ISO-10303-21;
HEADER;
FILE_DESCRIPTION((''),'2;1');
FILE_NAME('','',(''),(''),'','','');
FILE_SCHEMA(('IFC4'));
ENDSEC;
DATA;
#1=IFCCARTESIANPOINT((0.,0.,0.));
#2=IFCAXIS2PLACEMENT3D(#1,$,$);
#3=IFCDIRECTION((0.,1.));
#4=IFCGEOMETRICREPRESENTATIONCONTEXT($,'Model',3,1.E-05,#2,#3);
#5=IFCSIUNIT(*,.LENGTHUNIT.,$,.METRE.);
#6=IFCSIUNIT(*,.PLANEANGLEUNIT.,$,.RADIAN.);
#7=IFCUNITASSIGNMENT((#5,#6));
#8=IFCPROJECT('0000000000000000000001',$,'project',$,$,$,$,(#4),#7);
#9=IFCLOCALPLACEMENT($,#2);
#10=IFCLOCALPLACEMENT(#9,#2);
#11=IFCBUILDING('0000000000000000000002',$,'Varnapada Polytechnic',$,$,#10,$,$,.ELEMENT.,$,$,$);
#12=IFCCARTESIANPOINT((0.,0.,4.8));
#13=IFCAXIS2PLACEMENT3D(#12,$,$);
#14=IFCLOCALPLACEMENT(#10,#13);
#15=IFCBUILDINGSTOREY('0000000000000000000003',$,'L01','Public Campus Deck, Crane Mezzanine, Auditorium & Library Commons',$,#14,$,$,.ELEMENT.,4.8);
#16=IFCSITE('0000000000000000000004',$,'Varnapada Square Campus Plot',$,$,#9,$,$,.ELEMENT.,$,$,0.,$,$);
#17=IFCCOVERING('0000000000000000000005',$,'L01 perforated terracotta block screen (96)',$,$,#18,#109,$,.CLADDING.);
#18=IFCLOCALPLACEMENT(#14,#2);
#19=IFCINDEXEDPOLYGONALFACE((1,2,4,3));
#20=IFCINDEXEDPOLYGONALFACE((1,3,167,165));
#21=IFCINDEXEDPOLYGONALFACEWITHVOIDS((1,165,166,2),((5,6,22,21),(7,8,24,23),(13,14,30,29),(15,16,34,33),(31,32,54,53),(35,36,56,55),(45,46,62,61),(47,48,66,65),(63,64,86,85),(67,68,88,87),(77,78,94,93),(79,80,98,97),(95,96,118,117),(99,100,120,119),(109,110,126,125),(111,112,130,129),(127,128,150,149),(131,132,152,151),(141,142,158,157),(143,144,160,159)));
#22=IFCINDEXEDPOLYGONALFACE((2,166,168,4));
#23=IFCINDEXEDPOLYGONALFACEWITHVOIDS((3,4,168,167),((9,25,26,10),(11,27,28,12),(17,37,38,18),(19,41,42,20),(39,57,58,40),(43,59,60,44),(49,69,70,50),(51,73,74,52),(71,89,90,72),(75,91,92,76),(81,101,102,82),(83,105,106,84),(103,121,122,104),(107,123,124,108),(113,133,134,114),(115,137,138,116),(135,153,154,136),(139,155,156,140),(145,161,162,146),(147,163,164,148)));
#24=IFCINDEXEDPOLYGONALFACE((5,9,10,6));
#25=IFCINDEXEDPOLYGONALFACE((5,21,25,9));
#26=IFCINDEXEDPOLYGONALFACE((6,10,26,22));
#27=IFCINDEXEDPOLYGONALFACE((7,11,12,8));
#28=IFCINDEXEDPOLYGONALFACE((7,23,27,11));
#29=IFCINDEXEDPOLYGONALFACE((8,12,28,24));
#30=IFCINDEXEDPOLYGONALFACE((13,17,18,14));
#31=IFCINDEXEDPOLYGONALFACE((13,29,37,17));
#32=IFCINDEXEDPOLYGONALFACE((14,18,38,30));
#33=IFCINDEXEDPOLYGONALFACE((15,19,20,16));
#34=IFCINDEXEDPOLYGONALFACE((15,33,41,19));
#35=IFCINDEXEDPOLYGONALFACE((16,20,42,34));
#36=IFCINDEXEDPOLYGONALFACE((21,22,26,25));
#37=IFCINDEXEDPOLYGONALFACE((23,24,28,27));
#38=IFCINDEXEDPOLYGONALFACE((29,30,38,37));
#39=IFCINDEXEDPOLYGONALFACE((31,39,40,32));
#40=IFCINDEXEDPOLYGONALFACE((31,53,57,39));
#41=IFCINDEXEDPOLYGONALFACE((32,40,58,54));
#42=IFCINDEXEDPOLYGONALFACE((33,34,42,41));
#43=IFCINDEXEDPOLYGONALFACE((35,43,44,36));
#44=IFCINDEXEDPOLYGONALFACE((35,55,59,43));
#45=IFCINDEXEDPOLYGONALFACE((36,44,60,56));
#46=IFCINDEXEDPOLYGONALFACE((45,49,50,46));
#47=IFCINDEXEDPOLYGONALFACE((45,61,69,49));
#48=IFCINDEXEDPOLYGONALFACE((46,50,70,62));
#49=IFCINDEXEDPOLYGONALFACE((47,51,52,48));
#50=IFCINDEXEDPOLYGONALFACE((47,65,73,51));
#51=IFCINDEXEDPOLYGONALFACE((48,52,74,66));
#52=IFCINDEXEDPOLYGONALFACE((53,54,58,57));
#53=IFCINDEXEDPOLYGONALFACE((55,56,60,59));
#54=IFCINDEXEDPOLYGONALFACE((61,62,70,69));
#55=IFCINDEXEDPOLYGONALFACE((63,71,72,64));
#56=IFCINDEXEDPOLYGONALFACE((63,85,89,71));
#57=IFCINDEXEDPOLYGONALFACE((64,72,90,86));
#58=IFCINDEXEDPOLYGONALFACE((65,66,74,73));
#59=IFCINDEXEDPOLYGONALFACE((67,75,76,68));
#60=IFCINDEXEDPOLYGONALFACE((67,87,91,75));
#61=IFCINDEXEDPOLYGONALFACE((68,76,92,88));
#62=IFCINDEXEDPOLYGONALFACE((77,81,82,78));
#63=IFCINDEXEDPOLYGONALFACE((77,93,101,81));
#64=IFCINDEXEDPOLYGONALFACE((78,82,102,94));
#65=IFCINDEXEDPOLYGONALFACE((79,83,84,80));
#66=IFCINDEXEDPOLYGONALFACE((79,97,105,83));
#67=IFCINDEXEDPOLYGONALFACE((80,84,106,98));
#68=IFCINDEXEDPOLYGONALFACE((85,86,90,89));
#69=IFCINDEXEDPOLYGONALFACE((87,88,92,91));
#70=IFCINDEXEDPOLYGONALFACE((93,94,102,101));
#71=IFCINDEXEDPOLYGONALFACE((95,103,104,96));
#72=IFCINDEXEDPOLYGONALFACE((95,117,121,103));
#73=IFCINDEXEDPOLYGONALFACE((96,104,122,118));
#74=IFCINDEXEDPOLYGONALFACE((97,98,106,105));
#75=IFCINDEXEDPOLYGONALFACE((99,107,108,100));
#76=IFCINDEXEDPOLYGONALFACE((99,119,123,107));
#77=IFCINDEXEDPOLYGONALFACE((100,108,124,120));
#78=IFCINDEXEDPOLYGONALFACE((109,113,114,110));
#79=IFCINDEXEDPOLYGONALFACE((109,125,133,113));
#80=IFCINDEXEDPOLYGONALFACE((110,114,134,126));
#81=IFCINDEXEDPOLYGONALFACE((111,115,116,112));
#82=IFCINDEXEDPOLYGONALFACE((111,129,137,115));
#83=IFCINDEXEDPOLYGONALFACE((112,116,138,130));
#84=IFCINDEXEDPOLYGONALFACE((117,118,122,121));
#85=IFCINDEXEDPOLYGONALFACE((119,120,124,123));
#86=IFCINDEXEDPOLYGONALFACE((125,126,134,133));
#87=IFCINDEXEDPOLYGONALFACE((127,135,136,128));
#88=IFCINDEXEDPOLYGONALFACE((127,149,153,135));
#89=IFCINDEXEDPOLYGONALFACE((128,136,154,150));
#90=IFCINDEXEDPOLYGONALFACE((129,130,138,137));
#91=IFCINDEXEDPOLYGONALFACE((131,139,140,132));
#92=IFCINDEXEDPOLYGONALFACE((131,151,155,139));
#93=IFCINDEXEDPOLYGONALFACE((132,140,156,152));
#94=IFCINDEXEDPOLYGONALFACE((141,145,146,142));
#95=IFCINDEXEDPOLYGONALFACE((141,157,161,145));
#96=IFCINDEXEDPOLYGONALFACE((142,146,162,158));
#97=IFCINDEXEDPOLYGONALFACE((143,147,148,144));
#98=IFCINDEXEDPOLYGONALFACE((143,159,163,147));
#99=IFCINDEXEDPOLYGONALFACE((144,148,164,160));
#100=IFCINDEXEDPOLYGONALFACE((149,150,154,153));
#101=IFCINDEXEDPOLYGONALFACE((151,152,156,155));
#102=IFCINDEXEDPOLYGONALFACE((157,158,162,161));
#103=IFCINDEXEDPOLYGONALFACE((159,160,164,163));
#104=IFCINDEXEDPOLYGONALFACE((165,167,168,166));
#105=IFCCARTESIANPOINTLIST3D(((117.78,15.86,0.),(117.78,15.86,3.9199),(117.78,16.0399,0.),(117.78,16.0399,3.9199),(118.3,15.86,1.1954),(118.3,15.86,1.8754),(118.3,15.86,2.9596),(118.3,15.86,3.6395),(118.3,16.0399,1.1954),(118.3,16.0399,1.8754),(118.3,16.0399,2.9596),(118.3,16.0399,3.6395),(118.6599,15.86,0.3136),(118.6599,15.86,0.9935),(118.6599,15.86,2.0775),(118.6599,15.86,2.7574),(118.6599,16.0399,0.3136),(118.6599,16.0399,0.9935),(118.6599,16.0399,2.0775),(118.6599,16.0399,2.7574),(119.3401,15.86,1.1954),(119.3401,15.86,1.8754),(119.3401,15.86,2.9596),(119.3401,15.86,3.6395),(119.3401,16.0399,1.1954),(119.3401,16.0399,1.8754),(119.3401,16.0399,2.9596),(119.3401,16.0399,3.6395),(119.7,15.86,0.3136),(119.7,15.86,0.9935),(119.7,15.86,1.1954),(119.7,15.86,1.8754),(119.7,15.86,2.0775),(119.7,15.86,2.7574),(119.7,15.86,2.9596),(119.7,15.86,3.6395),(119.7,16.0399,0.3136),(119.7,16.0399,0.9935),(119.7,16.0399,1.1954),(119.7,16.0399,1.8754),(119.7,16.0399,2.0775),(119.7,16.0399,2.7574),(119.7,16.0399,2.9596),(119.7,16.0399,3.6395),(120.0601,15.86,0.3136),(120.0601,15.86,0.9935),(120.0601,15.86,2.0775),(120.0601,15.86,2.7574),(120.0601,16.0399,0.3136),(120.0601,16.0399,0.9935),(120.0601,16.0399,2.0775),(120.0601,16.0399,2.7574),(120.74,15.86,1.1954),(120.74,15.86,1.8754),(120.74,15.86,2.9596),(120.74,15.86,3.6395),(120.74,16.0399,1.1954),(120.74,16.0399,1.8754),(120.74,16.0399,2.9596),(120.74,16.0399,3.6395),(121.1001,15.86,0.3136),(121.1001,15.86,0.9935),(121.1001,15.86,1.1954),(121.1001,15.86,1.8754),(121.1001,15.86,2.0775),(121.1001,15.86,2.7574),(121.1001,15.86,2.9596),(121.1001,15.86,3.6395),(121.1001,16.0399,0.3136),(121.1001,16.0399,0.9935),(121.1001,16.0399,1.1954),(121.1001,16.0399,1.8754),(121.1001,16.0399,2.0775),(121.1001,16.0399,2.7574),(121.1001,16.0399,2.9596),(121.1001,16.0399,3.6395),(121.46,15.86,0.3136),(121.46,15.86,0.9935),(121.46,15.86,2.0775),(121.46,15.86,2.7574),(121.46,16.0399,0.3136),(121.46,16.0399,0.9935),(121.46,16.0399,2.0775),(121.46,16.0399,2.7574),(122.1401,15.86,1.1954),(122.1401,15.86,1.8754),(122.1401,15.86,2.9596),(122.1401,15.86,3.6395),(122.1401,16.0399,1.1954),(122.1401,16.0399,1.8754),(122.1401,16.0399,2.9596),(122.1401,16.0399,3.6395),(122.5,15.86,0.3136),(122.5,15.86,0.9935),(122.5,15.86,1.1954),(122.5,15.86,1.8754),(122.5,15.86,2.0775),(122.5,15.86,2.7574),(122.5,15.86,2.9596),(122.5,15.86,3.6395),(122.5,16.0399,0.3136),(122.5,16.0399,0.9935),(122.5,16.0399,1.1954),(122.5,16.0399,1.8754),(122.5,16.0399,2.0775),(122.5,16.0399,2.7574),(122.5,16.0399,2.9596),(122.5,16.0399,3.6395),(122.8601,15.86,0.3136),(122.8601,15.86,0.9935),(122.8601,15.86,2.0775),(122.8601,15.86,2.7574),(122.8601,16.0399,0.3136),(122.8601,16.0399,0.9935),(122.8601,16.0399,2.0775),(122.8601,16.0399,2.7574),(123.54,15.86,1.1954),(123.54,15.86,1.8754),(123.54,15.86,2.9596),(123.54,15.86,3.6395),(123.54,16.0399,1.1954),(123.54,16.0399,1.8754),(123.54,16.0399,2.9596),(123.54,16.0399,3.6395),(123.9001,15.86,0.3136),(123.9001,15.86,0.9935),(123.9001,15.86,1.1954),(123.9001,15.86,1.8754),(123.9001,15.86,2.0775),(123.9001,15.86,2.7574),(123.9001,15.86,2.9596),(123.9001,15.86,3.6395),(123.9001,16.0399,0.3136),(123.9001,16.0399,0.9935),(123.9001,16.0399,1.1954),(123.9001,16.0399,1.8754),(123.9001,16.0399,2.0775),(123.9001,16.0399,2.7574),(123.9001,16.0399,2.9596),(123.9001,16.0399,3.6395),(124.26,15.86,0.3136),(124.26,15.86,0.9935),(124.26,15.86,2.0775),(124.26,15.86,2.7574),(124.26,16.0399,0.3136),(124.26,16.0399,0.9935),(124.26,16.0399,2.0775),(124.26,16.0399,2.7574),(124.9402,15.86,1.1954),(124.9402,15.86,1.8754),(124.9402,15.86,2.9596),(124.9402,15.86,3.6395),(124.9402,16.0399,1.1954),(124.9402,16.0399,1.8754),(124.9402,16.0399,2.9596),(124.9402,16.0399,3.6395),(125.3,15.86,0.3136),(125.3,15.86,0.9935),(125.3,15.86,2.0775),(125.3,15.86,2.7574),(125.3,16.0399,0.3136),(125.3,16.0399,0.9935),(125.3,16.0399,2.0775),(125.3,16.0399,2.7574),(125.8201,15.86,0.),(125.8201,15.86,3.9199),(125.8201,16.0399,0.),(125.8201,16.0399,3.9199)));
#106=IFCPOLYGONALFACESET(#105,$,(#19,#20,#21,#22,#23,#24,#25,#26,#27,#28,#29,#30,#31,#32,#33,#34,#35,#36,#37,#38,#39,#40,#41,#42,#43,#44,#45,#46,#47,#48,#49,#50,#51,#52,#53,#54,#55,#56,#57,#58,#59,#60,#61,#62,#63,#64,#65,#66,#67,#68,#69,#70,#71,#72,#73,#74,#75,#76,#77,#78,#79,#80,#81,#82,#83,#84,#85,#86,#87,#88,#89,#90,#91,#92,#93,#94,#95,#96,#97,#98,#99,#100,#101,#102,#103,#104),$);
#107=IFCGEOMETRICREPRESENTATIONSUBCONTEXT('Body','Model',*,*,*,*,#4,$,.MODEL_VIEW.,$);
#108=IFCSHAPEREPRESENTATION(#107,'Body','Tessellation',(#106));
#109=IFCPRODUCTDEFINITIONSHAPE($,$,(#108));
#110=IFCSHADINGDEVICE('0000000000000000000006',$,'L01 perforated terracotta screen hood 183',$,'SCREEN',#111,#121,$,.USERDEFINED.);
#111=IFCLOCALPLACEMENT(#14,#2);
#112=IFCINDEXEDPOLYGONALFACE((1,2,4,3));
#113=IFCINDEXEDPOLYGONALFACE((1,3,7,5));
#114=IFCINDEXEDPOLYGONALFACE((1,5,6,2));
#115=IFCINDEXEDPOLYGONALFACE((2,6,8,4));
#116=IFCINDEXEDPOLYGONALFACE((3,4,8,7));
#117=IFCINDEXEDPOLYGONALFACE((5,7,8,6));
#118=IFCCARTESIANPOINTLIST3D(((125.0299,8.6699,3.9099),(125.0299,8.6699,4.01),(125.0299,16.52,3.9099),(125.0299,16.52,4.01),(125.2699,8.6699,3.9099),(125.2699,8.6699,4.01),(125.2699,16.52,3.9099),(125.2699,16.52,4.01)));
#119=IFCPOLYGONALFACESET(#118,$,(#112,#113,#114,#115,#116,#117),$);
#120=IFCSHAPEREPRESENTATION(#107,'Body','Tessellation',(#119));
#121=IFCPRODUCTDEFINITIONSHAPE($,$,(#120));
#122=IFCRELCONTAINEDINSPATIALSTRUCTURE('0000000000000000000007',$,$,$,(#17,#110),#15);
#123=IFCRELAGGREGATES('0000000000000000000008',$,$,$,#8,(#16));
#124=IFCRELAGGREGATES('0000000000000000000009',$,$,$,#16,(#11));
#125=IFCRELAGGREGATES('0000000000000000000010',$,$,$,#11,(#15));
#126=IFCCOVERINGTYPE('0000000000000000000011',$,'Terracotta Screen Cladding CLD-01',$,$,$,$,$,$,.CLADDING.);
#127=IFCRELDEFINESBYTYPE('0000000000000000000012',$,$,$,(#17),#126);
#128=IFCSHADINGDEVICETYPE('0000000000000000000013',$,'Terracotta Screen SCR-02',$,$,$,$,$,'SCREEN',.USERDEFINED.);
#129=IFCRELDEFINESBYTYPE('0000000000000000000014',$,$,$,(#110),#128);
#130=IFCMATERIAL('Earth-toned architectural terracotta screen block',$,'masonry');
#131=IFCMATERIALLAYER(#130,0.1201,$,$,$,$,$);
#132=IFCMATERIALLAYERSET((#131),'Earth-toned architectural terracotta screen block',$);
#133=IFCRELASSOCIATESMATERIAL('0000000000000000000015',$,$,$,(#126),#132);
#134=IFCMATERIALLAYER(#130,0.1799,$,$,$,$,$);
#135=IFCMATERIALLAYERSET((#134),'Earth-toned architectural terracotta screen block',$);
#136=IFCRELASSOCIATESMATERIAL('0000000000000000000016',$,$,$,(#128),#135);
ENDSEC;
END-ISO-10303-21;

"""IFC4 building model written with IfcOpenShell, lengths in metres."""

from ifc_helpers import new_model, si_unit, direction, frame, frame_2d, origin, origin_2d, place, context, subcontext, project, spatial, rectangle, extrude, material, layer, layer_set, type_object, element, save


model = new_model("IFC4")

# Units and contexts
model_context = context("Model", 3, precision=1e-05, world=origin(), true_north=direction((0.0, 1.0)))
body_context = subcontext(model_context, "Body", "Model", "MODEL_VIEW")
ifc_project = project(units=[si_unit("LENGTHUNIT", "METRE"), si_unit("PLANEANGLEUNIT", "RADIAN")], contexts=[model_context])

# Site, building, storey
site_placement = place(None, origin())
site = spatial("IfcSite", under=ifc_project, at=site_placement, Name="Varnapada Square Campus Plot", CompositionType="ELEMENT", RefElevation=0.0)
building_placement = place(site_placement, origin())
building = spatial("IfcBuilding", under=site, at=building_placement, Name="Varnapada Polytechnic", CompositionType="ELEMENT")
storey_placement = place(building_placement, frame((0.0, 0.0, 4.8)))
storey = spatial("IfcBuildingStorey", under=building, at=storey_placement, Name="L01", Description="Public Campus Deck, Crane Mezzanine, Auditorium & Library Commons", CompositionType="ELEMENT", Elevation=4.8)

# Covering, openings
ifc_material_1 = material(Name="Earth-toned architectural terracotta screen block", Category="masonry")
ifc_layer_1 = layer(ifc_material_1, 0.1201)
ifc_layer_set_1 = layer_set([ifc_layer_1], Name="Earth-toned architectural terracotta screen block")
covering_type = type_object("IfcCoveringType", Name="Terracotta Screen Cladding CLD-01", PredefinedType="CLADDING", material=ifc_layer_set_1)
covering_placement = place(storey_placement, frame((125.8201, 15.95, 0.0), z_axis=(0.0, 0.0, 1.0), x_axis=(-1.0, 0.0, 0.0)))
covering = element("IfcCovering", 1, at=covering_placement, inside=storey, type_object=covering_type, Name="L01 perforated terracotta block screen (96)", PredefinedType="CLADDING", context=body_context, shape_type="SweptSolid", body=[
    extrude(rectangle(XDim=8.04, YDim=0.1799, at=frame_2d((4.02, 0.0))), origin(), (0.0, 0.0, 1.0), 3.9199),
])
opening_1_placement = place(covering_placement, frame((0.52, 0.0, 0.3137)))
element("IfcOpeningElement", 2, at=opening_1_placement, cuts=covering, PredefinedType="OPENING", context=body_context, shape_type="SweptSolid", body=[
    extrude(rectangle(XDim=1.04, YDim=0.6799, at=frame_2d((0.52, 0.3398))), frame((0.0, 0.0999, 0.0), z_axis=(0.0, -1.0, 0.0), x_axis=(1.0, 0.0, 0.0)), (0.0, 0.0, 1.0), 0.2),
])
opening_2_placement = place(covering_placement, frame((1.9199, 0.0, 0.3137)))
element("IfcOpeningElement", 3, at=opening_2_placement, cuts=covering, PredefinedType="OPENING", context=body_context, shape_type="SweptSolid", body=[
    extrude(rectangle(XDim=1.04, YDim=0.6799, at=frame_2d((0.52, 0.3398))), frame((0.0, 0.0999, 0.0), z_axis=(0.0, -1.0, 0.0), x_axis=(1.0, 0.0, 0.0)), (0.0, 0.0, 1.0), 0.2),
])
opening_3_placement = place(covering_placement, frame((3.3201, 0.0, 0.3137)))
element("IfcOpeningElement", 4, at=opening_3_placement, cuts=covering, PredefinedType="OPENING", context=body_context, shape_type="SweptSolid", body=[
    extrude(rectangle(XDim=1.04, YDim=0.6799, at=frame_2d((0.52, 0.3398))), frame((0.0, 0.0999, 0.0), z_axis=(0.0, -1.0, 0.0), x_axis=(1.0, 0.0, 0.0)), (0.0, 0.0, 1.0), 0.2),
])
opening_4_placement = place(covering_placement, frame((4.72, 0.0, 0.3137)))
element("IfcOpeningElement", 5, at=opening_4_placement, cuts=covering, PredefinedType="OPENING", context=body_context, shape_type="SweptSolid", body=[
    extrude(rectangle(XDim=1.04, YDim=0.6799, at=frame_2d((0.52, 0.3398))), frame((0.0, 0.0999, 0.0), z_axis=(0.0, -1.0, 0.0), x_axis=(1.0, 0.0, 0.0)), (0.0, 0.0, 1.0), 0.2),
])
opening_5_placement = place(covering_placement, frame((6.1201, 0.0, 0.3137)))
element("IfcOpeningElement", 6, at=opening_5_placement, cuts=covering, PredefinedType="OPENING", context=body_context, shape_type="SweptSolid", body=[
    extrude(rectangle(XDim=1.04, YDim=0.6799, at=frame_2d((0.52, 0.3398))), frame((0.0, 0.0999, 0.0), z_axis=(0.0, -1.0, 0.0), x_axis=(1.0, 0.0, 0.0)), (0.0, 0.0, 1.0), 0.2),
])
opening_6_placement = place(covering_placement, frame((0.8799, 0.0, 1.1956)))
element("IfcOpeningElement", 7, at=opening_6_placement, cuts=covering, PredefinedType="OPENING", context=body_context, shape_type="SweptSolid", body=[
    extrude(rectangle(XDim=1.04, YDim=0.6799, at=frame_2d((0.52, 0.3398))), frame((0.0, 0.0999, 0.0), z_axis=(0.0, -1.0, 0.0), x_axis=(1.0, 0.0, 0.0)), (0.0, 0.0, 1.0), 0.2),
])
opening_7_placement = place(covering_placement, frame((2.28, 0.0, 1.1956)))
element("IfcOpeningElement", 8, at=opening_7_placement, cuts=covering, PredefinedType="OPENING", context=body_context, shape_type="SweptSolid", body=[
    extrude(rectangle(XDim=1.04, YDim=0.6799, at=frame_2d((0.52, 0.3398))), frame((0.0, 0.0999, 0.0), z_axis=(0.0, -1.0, 0.0), x_axis=(1.0, 0.0, 0.0)), (0.0, 0.0, 1.0), 0.2),
])
opening_8_placement = place(covering_placement, frame((3.6799, 0.0, 1.1956)))
element("IfcOpeningElement", 9, at=opening_8_placement, cuts=covering, PredefinedType="OPENING", context=body_context, shape_type="SweptSolid", body=[
    extrude(rectangle(XDim=1.04, YDim=0.6799, at=frame_2d((0.52, 0.3398))), frame((0.0, 0.0999, 0.0), z_axis=(0.0, -1.0, 0.0), x_axis=(1.0, 0.0, 0.0)), (0.0, 0.0, 1.0), 0.2),
])
opening_9_placement = place(covering_placement, frame((5.0801, 0.0, 1.1956)))
element("IfcOpeningElement", 10, at=opening_9_placement, cuts=covering, PredefinedType="OPENING", context=body_context, shape_type="SweptSolid", body=[
    extrude(rectangle(XDim=1.04, YDim=0.6799, at=frame_2d((0.52, 0.3398))), frame((0.0, 0.0999, 0.0), z_axis=(0.0, -1.0, 0.0), x_axis=(1.0, 0.0, 0.0)), (0.0, 0.0, 1.0), 0.2),
])
opening_10_placement = place(covering_placement, frame((6.48, 0.0, 1.1956)))
element("IfcOpeningElement", 11, at=opening_10_placement, cuts=covering, PredefinedType="OPENING", context=body_context, shape_type="SweptSolid", body=[
    extrude(rectangle(XDim=1.04, YDim=0.6799, at=frame_2d((0.52, 0.3398))), frame((0.0, 0.0999, 0.0), z_axis=(0.0, -1.0, 0.0), x_axis=(1.0, 0.0, 0.0)), (0.0, 0.0, 1.0), 0.2),
])
opening_11_placement = place(covering_placement, frame((0.52, 0.0, 2.0776)))
element("IfcOpeningElement", 12, at=opening_11_placement, cuts=covering, PredefinedType="OPENING", context=body_context, shape_type="SweptSolid", body=[
    extrude(rectangle(XDim=1.04, YDim=0.6799, at=frame_2d((0.52, 0.3398))), frame((0.0, 0.0999, 0.0), z_axis=(0.0, -1.0, 0.0), x_axis=(1.0, 0.0, 0.0)), (0.0, 0.0, 1.0), 0.2),
])
opening_12_placement = place(covering_placement, frame((1.9199, 0.0, 2.0776)))
element("IfcOpeningElement", 13, at=opening_12_placement, cuts=covering, PredefinedType="OPENING", context=body_context, shape_type="SweptSolid", body=[
    extrude(rectangle(XDim=1.04, YDim=0.6799, at=frame_2d((0.52, 0.3398))), frame((0.0, 0.0999, 0.0), z_axis=(0.0, -1.0, 0.0), x_axis=(1.0, 0.0, 0.0)), (0.0, 0.0, 1.0), 0.2),
])
opening_13_placement = place(covering_placement, frame((3.3201, 0.0, 2.0776)))
element("IfcOpeningElement", 14, at=opening_13_placement, cuts=covering, PredefinedType="OPENING", context=body_context, shape_type="SweptSolid", body=[
    extrude(rectangle(XDim=1.04, YDim=0.6799, at=frame_2d((0.52, 0.3398))), frame((0.0, 0.0999, 0.0), z_axis=(0.0, -1.0, 0.0), x_axis=(1.0, 0.0, 0.0)), (0.0, 0.0, 1.0), 0.2),
])
opening_14_placement = place(covering_placement, frame((4.72, 0.0, 2.0776)))
element("IfcOpeningElement", 15, at=opening_14_placement, cuts=covering, PredefinedType="OPENING", context=body_context, shape_type="SweptSolid", body=[
    extrude(rectangle(XDim=1.04, YDim=0.6799, at=frame_2d((0.52, 0.3398))), frame((0.0, 0.0999, 0.0), z_axis=(0.0, -1.0, 0.0), x_axis=(1.0, 0.0, 0.0)), (0.0, 0.0, 1.0), 0.2),
])
opening_15_placement = place(covering_placement, frame((6.1201, 0.0, 2.0776)))
element("IfcOpeningElement", 16, at=opening_15_placement, cuts=covering, PredefinedType="OPENING", context=body_context, shape_type="SweptSolid", body=[
    extrude(rectangle(XDim=1.04, YDim=0.6799, at=frame_2d((0.52, 0.3398))), frame((0.0, 0.0999, 0.0), z_axis=(0.0, -1.0, 0.0), x_axis=(1.0, 0.0, 0.0)), (0.0, 0.0, 1.0), 0.2),
])
opening_16_placement = place(covering_placement, frame((0.8799, 0.0, 2.9597)))
element("IfcOpeningElement", 17, at=opening_16_placement, cuts=covering, PredefinedType="OPENING", context=body_context, shape_type="SweptSolid", body=[
    extrude(rectangle(XDim=1.04, YDim=0.6799, at=frame_2d((0.52, 0.3398))), frame((0.0, 0.0999, 0.0), z_axis=(0.0, -1.0, 0.0), x_axis=(1.0, 0.0, 0.0)), (0.0, 0.0, 1.0), 0.2),
])
opening_17_placement = place(covering_placement, frame((2.28, 0.0, 2.9597)))
element("IfcOpeningElement", 18, at=opening_17_placement, cuts=covering, PredefinedType="OPENING", context=body_context, shape_type="SweptSolid", body=[
    extrude(rectangle(XDim=1.04, YDim=0.6799, at=frame_2d((0.52, 0.3398))), frame((0.0, 0.0999, 0.0), z_axis=(0.0, -1.0, 0.0), x_axis=(1.0, 0.0, 0.0)), (0.0, 0.0, 1.0), 0.2),
])
opening_18_placement = place(covering_placement, frame((3.6799, 0.0, 2.9597)))
element("IfcOpeningElement", 19, at=opening_18_placement, cuts=covering, PredefinedType="OPENING", context=body_context, shape_type="SweptSolid", body=[
    extrude(rectangle(XDim=1.04, YDim=0.6799, at=frame_2d((0.52, 0.3398))), frame((0.0, 0.0999, 0.0), z_axis=(0.0, -1.0, 0.0), x_axis=(1.0, 0.0, 0.0)), (0.0, 0.0, 1.0), 0.2),
])
opening_19_placement = place(covering_placement, frame((5.0801, 0.0, 2.9597)))
element("IfcOpeningElement", 20, at=opening_19_placement, cuts=covering, PredefinedType="OPENING", context=body_context, shape_type="SweptSolid", body=[
    extrude(rectangle(XDim=1.04, YDim=0.6799, at=frame_2d((0.52, 0.3398))), frame((0.0, 0.0999, 0.0), z_axis=(0.0, -1.0, 0.0), x_axis=(1.0, 0.0, 0.0)), (0.0, 0.0, 1.0), 0.2),
])
opening_20_placement = place(covering_placement, frame((6.48, 0.0, 2.9597)))
element("IfcOpeningElement", 21, at=opening_20_placement, cuts=covering, PredefinedType="OPENING", context=body_context, shape_type="SweptSolid", body=[
    extrude(rectangle(XDim=1.04, YDim=0.6799, at=frame_2d((0.52, 0.3398))), frame((0.0, 0.0999, 0.0), z_axis=(0.0, -1.0, 0.0), x_axis=(1.0, 0.0, 0.0)), (0.0, 0.0, 1.0), 0.2),
])

# Shading device
ifc_layer_2 = layer(ifc_material_1, 0.1799)
ifc_layer_set_2 = layer_set([ifc_layer_2], Name="Earth-toned architectural terracotta screen block")
shading_device_type = type_object("IfcShadingDeviceType", Name="Terracotta Screen SCR-02", ElementType="SCREEN", PredefinedType="USERDEFINED", material=ifc_layer_set_2)
shading_device_placement = place(storey_placement, frame((125.1499, 12.595, 3.9099), z_axis=(0.0, 0.0, 1.0), x_axis=(0.0, 1.0, 0.0)))
element("IfcShadingDevice", 22, at=shading_device_placement, inside=storey, type_object=shading_device_type, Name="L01 perforated terracotta screen hood 183", ObjectType="SCREEN", PredefinedType="USERDEFINED", context=body_context, shape_type="SweptSolid", body=[
    extrude(rectangle(XDim=7.8501, YDim=0.24, at=origin_2d()), origin(), (0.0, 0.0, 1.0), 0.1001),
])

save(model, "model.ifc")
